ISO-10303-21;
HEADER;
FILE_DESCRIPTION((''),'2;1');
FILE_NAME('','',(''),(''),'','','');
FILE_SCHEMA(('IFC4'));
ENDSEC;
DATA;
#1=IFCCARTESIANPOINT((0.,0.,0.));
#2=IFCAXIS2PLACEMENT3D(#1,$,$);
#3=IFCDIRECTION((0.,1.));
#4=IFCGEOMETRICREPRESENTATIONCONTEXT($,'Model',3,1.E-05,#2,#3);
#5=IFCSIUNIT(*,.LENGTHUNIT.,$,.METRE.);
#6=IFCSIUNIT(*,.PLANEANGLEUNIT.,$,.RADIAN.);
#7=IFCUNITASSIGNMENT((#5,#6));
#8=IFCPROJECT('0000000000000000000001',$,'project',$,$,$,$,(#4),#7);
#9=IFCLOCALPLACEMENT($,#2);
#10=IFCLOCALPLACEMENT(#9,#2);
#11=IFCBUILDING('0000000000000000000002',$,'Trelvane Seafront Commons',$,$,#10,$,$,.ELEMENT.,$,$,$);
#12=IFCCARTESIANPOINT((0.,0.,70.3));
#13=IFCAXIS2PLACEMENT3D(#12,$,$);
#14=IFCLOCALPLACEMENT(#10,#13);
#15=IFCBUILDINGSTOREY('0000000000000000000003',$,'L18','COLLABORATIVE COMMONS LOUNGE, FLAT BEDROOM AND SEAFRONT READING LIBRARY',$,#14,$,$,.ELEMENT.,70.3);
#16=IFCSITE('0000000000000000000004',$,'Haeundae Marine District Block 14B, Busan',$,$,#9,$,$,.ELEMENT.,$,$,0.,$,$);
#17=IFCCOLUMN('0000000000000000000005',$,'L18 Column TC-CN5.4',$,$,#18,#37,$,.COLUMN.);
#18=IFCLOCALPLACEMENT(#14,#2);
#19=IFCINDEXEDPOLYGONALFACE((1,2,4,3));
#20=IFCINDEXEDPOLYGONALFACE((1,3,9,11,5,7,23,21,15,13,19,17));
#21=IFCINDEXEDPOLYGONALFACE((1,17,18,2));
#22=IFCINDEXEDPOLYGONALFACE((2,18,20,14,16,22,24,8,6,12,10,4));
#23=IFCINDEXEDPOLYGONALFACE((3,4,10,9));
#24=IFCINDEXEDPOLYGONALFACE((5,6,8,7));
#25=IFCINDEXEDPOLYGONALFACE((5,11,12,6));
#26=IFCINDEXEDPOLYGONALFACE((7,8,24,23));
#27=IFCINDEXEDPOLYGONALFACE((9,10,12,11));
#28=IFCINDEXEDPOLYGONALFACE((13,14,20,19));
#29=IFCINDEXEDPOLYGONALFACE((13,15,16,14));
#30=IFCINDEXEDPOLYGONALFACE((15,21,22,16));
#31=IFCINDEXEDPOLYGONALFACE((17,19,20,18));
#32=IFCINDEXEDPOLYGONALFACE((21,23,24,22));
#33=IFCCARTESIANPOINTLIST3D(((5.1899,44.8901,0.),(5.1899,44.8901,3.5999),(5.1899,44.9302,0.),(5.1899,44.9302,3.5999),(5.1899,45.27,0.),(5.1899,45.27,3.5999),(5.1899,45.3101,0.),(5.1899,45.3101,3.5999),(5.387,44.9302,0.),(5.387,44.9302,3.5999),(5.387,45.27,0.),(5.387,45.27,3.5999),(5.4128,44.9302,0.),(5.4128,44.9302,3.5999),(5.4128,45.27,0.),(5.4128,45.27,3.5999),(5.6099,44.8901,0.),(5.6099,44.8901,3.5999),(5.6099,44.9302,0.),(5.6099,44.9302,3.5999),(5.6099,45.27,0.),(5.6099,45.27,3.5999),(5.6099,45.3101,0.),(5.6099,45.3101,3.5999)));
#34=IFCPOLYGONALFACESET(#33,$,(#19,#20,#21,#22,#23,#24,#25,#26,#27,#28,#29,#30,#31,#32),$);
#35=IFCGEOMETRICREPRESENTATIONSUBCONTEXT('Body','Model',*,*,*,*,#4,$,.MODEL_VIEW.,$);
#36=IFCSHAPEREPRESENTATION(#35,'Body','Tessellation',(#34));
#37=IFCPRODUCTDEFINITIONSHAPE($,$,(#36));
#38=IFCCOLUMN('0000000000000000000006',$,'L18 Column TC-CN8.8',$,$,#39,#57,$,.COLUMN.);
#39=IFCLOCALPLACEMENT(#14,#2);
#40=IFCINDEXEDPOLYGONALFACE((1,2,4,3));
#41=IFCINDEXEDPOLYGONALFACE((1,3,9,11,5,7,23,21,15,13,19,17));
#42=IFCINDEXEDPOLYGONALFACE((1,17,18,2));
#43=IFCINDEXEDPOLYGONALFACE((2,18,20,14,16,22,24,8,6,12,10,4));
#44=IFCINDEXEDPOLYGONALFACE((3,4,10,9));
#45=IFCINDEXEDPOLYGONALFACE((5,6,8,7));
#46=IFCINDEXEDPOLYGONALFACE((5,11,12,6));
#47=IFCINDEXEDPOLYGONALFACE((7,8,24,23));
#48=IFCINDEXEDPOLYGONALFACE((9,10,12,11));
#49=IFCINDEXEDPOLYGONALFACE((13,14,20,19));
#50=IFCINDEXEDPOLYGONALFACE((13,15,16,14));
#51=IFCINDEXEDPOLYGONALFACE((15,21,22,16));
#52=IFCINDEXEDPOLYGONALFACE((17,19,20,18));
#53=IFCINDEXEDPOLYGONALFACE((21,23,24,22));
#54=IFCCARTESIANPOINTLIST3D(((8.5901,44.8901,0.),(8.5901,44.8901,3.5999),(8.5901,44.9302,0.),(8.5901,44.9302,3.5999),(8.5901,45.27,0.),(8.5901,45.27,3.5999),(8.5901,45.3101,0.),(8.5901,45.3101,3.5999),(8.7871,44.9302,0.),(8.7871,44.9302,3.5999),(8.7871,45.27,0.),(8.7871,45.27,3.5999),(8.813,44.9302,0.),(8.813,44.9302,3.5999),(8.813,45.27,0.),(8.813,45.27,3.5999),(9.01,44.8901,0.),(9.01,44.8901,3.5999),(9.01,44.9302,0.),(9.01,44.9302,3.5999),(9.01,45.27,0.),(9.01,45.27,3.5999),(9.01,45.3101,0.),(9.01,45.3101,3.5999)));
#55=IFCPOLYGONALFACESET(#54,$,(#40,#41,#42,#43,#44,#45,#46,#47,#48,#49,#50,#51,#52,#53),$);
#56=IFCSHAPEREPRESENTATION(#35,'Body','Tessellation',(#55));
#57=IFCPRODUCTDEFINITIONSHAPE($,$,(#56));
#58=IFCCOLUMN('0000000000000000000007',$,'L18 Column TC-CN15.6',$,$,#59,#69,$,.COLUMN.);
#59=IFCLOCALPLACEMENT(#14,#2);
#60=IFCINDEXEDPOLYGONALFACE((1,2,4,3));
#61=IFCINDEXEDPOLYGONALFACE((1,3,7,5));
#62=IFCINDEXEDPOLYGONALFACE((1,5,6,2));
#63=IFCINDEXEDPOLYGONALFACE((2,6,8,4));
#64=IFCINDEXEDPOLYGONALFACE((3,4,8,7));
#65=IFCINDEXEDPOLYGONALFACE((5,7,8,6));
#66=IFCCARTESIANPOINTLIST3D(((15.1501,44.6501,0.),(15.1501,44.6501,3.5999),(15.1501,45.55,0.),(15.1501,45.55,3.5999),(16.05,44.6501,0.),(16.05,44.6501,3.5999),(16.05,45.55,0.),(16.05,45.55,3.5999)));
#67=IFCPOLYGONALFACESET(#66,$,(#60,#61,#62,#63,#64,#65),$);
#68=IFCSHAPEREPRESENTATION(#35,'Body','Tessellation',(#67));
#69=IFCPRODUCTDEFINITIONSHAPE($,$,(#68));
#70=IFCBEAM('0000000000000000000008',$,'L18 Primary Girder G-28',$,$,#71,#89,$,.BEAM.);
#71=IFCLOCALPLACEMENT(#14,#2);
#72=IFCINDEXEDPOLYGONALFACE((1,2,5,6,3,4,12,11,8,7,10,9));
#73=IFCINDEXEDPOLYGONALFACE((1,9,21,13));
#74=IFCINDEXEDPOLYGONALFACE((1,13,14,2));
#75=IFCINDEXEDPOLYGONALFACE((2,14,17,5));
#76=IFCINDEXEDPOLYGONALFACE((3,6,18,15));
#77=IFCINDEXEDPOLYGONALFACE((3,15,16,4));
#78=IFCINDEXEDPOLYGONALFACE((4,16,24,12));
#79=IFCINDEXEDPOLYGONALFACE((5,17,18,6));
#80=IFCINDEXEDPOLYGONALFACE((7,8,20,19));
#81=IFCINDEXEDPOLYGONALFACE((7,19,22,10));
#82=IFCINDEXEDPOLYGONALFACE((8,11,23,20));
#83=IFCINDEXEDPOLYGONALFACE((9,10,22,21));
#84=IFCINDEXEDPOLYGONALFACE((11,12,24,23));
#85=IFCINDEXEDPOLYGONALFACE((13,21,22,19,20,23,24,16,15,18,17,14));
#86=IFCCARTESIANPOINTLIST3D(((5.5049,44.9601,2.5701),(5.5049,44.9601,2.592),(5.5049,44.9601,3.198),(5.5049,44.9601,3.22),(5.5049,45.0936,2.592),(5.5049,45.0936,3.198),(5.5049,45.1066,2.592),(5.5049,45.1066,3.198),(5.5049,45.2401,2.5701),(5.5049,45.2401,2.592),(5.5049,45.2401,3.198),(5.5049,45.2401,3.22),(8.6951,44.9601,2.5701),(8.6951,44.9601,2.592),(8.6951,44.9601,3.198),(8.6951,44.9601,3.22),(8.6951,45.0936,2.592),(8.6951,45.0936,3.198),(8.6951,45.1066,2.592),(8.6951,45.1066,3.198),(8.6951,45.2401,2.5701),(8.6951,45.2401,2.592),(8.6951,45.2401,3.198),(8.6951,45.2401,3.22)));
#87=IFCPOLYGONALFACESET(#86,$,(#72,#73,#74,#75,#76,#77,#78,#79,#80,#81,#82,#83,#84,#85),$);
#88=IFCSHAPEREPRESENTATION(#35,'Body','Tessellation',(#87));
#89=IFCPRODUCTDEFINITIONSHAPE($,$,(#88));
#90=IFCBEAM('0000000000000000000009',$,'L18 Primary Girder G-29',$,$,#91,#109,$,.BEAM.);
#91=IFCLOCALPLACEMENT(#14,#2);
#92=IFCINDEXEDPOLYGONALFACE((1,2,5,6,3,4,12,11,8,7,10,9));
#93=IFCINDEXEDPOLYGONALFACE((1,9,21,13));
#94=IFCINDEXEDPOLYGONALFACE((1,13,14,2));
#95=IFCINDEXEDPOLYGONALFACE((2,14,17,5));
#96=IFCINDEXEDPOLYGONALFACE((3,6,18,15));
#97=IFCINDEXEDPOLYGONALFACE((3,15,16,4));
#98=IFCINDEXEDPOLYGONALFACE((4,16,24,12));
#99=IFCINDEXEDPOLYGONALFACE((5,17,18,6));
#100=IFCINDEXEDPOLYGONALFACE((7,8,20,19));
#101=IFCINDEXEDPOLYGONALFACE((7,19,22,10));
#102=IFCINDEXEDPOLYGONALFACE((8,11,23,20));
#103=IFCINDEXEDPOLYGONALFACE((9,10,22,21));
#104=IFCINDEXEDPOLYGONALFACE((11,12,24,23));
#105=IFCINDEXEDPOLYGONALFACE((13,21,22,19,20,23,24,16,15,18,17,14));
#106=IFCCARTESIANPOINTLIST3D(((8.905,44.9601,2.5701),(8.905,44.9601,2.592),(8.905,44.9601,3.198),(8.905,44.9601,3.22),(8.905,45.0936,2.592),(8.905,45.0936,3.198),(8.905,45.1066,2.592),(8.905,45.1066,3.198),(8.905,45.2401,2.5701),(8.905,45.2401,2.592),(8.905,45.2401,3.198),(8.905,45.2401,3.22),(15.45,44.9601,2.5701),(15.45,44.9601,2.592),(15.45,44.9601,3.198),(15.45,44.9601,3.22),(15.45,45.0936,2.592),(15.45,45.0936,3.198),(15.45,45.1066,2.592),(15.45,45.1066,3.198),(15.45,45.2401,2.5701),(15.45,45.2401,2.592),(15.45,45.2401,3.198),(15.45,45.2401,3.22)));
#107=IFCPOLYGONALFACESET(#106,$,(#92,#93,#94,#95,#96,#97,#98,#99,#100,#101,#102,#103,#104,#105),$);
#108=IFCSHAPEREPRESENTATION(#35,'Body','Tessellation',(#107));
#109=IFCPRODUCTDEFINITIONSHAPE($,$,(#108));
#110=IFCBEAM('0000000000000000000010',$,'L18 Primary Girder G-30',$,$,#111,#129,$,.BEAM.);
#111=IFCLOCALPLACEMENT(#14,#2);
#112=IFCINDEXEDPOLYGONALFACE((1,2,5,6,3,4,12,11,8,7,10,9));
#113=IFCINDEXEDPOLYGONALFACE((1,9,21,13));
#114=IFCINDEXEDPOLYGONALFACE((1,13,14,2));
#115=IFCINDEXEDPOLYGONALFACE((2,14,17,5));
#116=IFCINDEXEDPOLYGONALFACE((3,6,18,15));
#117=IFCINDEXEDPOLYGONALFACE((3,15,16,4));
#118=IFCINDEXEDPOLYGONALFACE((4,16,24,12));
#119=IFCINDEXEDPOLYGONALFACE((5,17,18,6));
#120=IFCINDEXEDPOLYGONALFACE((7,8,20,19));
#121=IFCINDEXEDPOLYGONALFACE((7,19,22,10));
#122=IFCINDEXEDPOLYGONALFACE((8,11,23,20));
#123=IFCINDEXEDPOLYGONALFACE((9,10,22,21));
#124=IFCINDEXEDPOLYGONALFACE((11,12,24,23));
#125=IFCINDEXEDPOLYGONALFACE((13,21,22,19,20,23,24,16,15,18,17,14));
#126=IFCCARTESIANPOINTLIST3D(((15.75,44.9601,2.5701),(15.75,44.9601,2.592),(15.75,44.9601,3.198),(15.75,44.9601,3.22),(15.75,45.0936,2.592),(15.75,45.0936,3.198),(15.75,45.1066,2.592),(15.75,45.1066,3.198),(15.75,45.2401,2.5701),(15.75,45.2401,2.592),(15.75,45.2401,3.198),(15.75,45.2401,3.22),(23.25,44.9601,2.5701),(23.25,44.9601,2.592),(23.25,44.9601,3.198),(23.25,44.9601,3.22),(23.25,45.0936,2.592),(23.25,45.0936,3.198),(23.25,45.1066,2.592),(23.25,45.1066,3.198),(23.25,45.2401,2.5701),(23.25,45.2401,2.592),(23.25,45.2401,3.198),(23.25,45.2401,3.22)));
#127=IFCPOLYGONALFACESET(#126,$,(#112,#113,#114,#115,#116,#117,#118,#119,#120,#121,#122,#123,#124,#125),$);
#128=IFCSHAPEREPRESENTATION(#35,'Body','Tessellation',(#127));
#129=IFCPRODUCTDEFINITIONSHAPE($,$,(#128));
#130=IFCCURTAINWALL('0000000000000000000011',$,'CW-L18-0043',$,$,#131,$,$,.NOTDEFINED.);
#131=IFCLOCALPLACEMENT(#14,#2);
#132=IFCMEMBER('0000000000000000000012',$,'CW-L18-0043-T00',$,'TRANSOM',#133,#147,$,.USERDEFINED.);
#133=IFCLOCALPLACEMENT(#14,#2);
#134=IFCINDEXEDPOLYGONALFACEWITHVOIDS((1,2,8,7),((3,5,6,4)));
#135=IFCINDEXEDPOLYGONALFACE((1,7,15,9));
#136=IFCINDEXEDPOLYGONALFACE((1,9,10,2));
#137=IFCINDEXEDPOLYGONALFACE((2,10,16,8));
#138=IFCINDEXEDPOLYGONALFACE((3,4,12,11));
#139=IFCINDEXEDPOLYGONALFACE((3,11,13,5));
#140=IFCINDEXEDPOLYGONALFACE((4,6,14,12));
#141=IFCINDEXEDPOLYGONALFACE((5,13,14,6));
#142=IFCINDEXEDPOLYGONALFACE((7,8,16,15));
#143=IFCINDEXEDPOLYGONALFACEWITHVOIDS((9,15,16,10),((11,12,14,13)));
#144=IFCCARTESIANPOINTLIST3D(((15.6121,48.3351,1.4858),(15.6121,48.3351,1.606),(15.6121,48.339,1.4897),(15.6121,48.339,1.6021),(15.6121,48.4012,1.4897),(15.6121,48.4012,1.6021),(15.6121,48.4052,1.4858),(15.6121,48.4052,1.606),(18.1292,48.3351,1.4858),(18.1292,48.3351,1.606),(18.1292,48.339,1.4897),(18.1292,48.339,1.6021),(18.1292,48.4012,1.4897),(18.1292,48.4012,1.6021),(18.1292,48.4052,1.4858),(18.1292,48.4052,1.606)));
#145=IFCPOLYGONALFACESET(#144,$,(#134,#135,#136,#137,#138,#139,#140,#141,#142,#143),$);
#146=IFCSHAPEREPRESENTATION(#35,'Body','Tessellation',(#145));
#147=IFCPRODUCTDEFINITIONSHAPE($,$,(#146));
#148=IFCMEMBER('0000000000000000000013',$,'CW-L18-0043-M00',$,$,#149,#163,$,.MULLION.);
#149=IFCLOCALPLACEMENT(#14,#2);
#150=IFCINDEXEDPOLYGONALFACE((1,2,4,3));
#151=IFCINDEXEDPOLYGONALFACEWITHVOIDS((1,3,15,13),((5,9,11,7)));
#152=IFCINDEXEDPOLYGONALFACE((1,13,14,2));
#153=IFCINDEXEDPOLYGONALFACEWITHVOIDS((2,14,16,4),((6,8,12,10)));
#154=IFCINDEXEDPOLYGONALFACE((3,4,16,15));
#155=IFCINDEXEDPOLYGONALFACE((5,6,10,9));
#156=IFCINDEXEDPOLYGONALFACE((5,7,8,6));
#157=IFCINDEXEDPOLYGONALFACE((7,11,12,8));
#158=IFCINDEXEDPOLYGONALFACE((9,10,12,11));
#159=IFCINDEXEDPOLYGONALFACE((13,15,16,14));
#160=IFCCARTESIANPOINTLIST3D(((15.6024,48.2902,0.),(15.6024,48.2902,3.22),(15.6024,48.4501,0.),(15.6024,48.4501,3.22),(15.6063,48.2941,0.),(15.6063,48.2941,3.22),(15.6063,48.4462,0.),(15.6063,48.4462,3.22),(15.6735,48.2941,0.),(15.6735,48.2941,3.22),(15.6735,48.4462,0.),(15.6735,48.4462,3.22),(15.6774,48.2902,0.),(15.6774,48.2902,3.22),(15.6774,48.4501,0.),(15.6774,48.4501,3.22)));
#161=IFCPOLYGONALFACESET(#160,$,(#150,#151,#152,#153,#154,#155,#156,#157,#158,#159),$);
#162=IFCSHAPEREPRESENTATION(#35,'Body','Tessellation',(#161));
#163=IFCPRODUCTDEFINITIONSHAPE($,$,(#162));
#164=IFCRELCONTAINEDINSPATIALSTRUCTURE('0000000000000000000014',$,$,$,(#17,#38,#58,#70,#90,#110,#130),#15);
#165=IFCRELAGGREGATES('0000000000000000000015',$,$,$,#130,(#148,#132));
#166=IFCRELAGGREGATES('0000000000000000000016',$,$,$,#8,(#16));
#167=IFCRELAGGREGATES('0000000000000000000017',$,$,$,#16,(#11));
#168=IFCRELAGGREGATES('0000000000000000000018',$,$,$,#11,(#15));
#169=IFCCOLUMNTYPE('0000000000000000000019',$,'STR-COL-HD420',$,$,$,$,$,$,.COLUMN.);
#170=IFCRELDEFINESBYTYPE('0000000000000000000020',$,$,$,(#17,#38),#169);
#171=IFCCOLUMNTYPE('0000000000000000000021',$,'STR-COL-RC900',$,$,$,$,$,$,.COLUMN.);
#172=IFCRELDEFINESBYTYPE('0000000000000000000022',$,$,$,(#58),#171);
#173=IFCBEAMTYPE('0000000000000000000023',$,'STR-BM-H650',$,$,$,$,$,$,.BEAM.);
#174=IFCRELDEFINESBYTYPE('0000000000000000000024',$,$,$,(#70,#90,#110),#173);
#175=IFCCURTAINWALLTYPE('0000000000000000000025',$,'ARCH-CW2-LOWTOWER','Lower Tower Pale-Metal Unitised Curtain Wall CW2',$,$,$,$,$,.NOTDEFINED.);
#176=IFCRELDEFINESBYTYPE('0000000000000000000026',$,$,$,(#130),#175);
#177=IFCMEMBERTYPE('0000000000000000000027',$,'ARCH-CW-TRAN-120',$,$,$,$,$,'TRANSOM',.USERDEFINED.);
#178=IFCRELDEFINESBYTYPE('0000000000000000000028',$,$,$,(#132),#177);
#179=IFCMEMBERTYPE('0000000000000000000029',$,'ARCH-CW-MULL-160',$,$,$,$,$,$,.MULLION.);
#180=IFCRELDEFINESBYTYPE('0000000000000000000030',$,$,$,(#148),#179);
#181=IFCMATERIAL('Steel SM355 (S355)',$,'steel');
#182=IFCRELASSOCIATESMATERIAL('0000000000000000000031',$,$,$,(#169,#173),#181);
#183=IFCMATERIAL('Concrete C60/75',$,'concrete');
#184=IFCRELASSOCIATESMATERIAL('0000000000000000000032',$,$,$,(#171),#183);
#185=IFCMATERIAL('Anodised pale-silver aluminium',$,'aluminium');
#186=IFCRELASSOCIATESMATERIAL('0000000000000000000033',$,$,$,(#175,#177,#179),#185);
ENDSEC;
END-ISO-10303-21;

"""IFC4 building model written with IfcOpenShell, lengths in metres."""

from ifc_helpers import new_model, si_unit, direction, frame, origin, origin_2d, place, context, subcontext, project, spatial, rectangle, hollow_rectangle, i_section, extrude, source, transform, mapped, material, material_profile, profile_set, type_object, element, aggregate, save


model = new_model("IFC4")

# Units and contexts
model_context = context("Model", 3, precision=1e-05, world=origin(), true_north=direction((0.0, 1.0)))
body_context = subcontext(model_context, "Body", "Model", "MODEL_VIEW")
ifc_project = project(units=[si_unit("LENGTHUNIT", "METRE"), si_unit("PLANEANGLEUNIT", "RADIAN")], contexts=[model_context])

# Site, building, storey
site_placement = place(None, origin())
site = spatial("IfcSite", under=ifc_project, at=site_placement, Name="Haeundae Marine District Block 14B, Busan", CompositionType="ELEMENT", RefElevation=0.0)
building_placement = place(site_placement, origin())
building = spatial("IfcBuilding", under=site, at=building_placement, Name="Trelvane Seafront Commons", CompositionType="ELEMENT")
storey_placement = place(building_placement, frame((0.0, 0.0, 70.3)))
storey = spatial("IfcBuildingStorey", under=building, at=storey_placement, Name="L18", Description="COLLABORATIVE COMMONS LOUNGE, FLAT BEDROOM AND SEAFRONT READING LIBRARY", CompositionType="ELEMENT", Elevation=70.3)

# Columns
ifc_material_1 = material(Name="Steel SM355 (S355)", Category="steel")
ifc_material_profile_1 = material_profile(ifc_material_1, i_section(OverallWidth=0.4199, OverallDepth=0.4199, WebThickness=0.0259, FlangeThickness=0.04, at=origin_2d()), Name="HD-420x420x26x40")
ifc_profile_set_1 = profile_set([ifc_material_profile_1], Name="Steel SM355 (S355)")
column_type_1 = type_object("IfcColumnType", Name="STR-COL-HD420", PredefinedType="COLUMN", material=ifc_profile_set_1)
shared_shape_1 = source(origin(), body_context, "Body", "SweptSolid", [
    extrude(i_section(OverallWidth=0.4199, OverallDepth=0.4199, WebThickness=0.0259, FlangeThickness=0.04, at=origin_2d()), origin(), (0.0, 0.0, 1.0), 3.5999),
])
for number, where, z_axis, x_axis, name in (
    (1, (5.3999, 45.1001, 0.0), (0.0, 0.0, 1.0), (1.0, 0.0, 0.0), "L18 Column TC-CN5.4"),
    (2, (8.8, 45.1001, 0.0), (0.0, 0.0, 1.0), (1.0, 0.0, 0.0), "L18 Column TC-CN8.8"),
):
    element("IfcColumn", number, at=place(storey_placement, frame(where, z_axis=z_axis, x_axis=x_axis)), inside=storey, type_object=column_type_1, Name=name, PredefinedType="COLUMN", context=body_context, shape_type="MappedRepresentation", body=[
        mapped(shared_shape_1, transform((0.0, 0.0, 0.0), x_axis=(1.0, 0.0, 0.0), y_axis=(0.0, 1.0, 0.0), z_axis=(0.0, 0.0, 1.0), scale=1.0)),
    ])
ifc_material_2 = material(Name="Concrete C60/75", Category="concrete")
ifc_material_profile_2 = material_profile(ifc_material_2, rectangle(XDim=0.8999, YDim=0.8999, at=origin_2d()), Name="RC-900x900")
ifc_profile_set_2 = profile_set([ifc_material_profile_2], Name="Concrete C60/75")
column_type_2 = type_object("IfcColumnType", Name="STR-COL-RC900", PredefinedType="COLUMN", material=ifc_profile_set_2)
shared_shape_2 = source(origin(), body_context, "Body", "SweptSolid", [
    extrude(rectangle(XDim=0.8999, YDim=0.8999, at=origin_2d()), origin(), (0.0, 0.0, 1.0), 3.5999),
])
column_placement = place(storey_placement, frame((15.6001, 45.1001, 0.0), z_axis=(0.0, 0.0, 1.0), x_axis=(1.0, 0.0, 0.0)))
element("IfcColumn", 3, at=column_placement, inside=storey, type_object=column_type_2, Name="L18 Column TC-CN15.6", PredefinedType="COLUMN", context=body_context, shape_type="MappedRepresentation", body=[
    mapped(shared_shape_2, transform((0.0, 0.0, 0.0), x_axis=(1.0, 0.0, 0.0), y_axis=(0.0, 1.0, 0.0), z_axis=(0.0, 0.0, 1.0), scale=1.0)),
])

# Beams
ifc_material_profile_3 = material_profile(ifc_material_1, i_section(OverallWidth=0.28, OverallDepth=0.6499, WebThickness=0.0129, FlangeThickness=0.022, at=origin_2d()), Name="H-650x280x13x22")
ifc_profile_set_3 = profile_set([ifc_material_profile_3], Name="Steel SM355 (S355)")
beam_type = type_object("IfcBeamType", Name="STR-BM-H650", PredefinedType="BEAM", material=ifc_profile_set_3)
shared_shape_3 = source(origin(), body_context, "Body", "SweptSolid", [
    extrude(i_section(OverallWidth=0.28, OverallDepth=0.6499, WebThickness=0.0129, FlangeThickness=0.022, at=origin_2d()), origin(), (0.0, 0.0, 1.0), 3.1902),
])
beam_1_placement = place(storey_placement, frame((5.5049, 45.1001, 2.895), z_axis=(1.0, 0.0, 0.0), x_axis=(0.0, 1.0, 0.0)))
element("IfcBeam", 4, at=beam_1_placement, inside=storey, type_object=beam_type, Name="L18 Primary Girder G-28", PredefinedType="BEAM", context=body_context, shape_type="MappedRepresentation", body=[
    mapped(shared_shape_3, transform((0.0, 0.0, 0.0), x_axis=(1.0, 0.0, 0.0), y_axis=(0.0, 1.0, 0.0), z_axis=(0.0, 0.0, 1.0), scale=1.0)),
])
shared_shape_4 = source(origin(), body_context, "Body", "SweptSolid", [
    extrude(i_section(OverallWidth=0.28, OverallDepth=0.6499, WebThickness=0.0129, FlangeThickness=0.022, at=origin_2d()), origin(), (0.0, 0.0, 1.0), 6.5449),
])
beam_2_placement = place(storey_placement, frame((8.905, 45.1001, 2.895), z_axis=(1.0, 0.0, 0.0), x_axis=(0.0, 1.0, 0.0)))
element("IfcBeam", 5, at=beam_2_placement, inside=storey, type_object=beam_type, Name="L18 Primary Girder G-29", PredefinedType="BEAM", context=body_context, shape_type="MappedRepresentation", body=[
    mapped(shared_shape_4, transform((0.0, 0.0, 0.0), x_axis=(1.0, 0.0, 0.0), y_axis=(0.0, 1.0, 0.0), z_axis=(0.0, 0.0, 1.0), scale=1.0)),
])
shared_shape_5 = source(origin(), body_context, "Body", "SweptSolid", [
    extrude(i_section(OverallWidth=0.28, OverallDepth=0.6499, WebThickness=0.0129, FlangeThickness=0.022, at=origin_2d()), origin(), (0.0, 0.0, 1.0), 7.5),
])
beam_3_placement = place(storey_placement, frame((15.75, 45.1001, 2.895), z_axis=(1.0, 0.0, 0.0), x_axis=(0.0, 1.0, 0.0)))
element("IfcBeam", 6, at=beam_3_placement, inside=storey, type_object=beam_type, Name="L18 Primary Girder G-30", PredefinedType="BEAM", context=body_context, shape_type="MappedRepresentation", body=[
    mapped(shared_shape_5, transform((0.0, 0.0, 0.0), x_axis=(1.0, 0.0, 0.0), y_axis=(0.0, 1.0, 0.0), z_axis=(0.0, 0.0, 1.0), scale=1.0)),
])

# Curtain wall, members
ifc_material_3 = material(Name="Anodised pale-silver aluminium", Category="aluminium")
curtain_wall_type = type_object("IfcCurtainWallType", Name="ARCH-CW2-LOWTOWER", Description="Lower Tower Pale-Metal Unitised Curtain Wall CW2", PredefinedType="NOTDEFINED", material=ifc_material_3)
curtain_wall_placement = place(storey_placement, origin())
curtain_wall = element("IfcCurtainWall", 7, at=curtain_wall_placement, inside=storey, type_object=curtain_wall_type, Name="CW-L18-0043", PredefinedType="NOTDEFINED")
ifc_material_profile_4 = material_profile(ifc_material_3, hollow_rectangle(XDim=0.0701, YDim=0.1201, WallThickness=0.0039, at=origin_2d()), Name="TRAN-70x120x4")
ifc_profile_set_4 = profile_set([ifc_material_profile_4], Name="Anodised pale-silver aluminium")
member_type_1 = type_object("IfcMemberType", Name="ARCH-CW-TRAN-120", ElementType="TRANSOM", PredefinedType="USERDEFINED", material=ifc_profile_set_4)
shared_shape_6 = source(origin(), body_context, "Body", "SweptSolid", [
    extrude(hollow_rectangle(XDim=0.0701, YDim=0.1201, WallThickness=0.0039, at=origin_2d()), origin(), (0.0, 0.0, 1.0), 2.5171),
])
member_1_placement = place(storey_placement, frame((15.6121, 48.3701, 1.5459), z_axis=(1.0, 0.0, 0.0), x_axis=(0.0, 1.0, 0.0)))
member_1 = element("IfcMember", 8, at=member_1_placement, type_object=member_type_1, Name="CW-L18-0043-T00", ObjectType="TRANSOM", PredefinedType="USERDEFINED", context=body_context, shape_type="MappedRepresentation", body=[
    mapped(shared_shape_6, transform((0.0, 0.0, 0.0), x_axis=(1.0, 0.0, 0.0), y_axis=(0.0, 1.0, 0.0), z_axis=(0.0, 0.0, 1.0), scale=1.0)),
])
ifc_material_profile_5 = material_profile(ifc_material_3, hollow_rectangle(XDim=0.075, YDim=0.1599, WallThickness=0.0039, at=origin_2d()), Name="MULL-75x160x4")
ifc_profile_set_5 = profile_set([ifc_material_profile_5], Name="Anodised pale-silver aluminium")
member_type_2 = type_object("IfcMemberType", Name="ARCH-CW-MULL-160", PredefinedType="MULLION", material=ifc_profile_set_5)
shared_shape_7 = source(origin(), body_context, "Body", "SweptSolid", [
    extrude(hollow_rectangle(XDim=0.075, YDim=0.1599, WallThickness=0.0039, at=origin_2d()), origin(), (0.0, 0.0, 1.0), 3.22),
])
member_2_placement = place(storey_placement, frame((15.6399, 48.3701, 0.0), z_axis=(0.0, 0.0, 1.0), x_axis=(1.0, 0.0, 0.0)))
member_2 = element("IfcMember", 9, at=member_2_placement, type_object=member_type_2, Name="CW-L18-0043-M00", PredefinedType="MULLION", context=body_context, shape_type="MappedRepresentation", body=[
    mapped(shared_shape_7, transform((0.0, 0.0, 0.0), x_axis=(1.0, 0.0, 0.0), y_axis=(0.0, 1.0, 0.0), z_axis=(0.0, 0.0, 1.0), scale=1.0)),
])

aggregate(curtain_wall, [member_2, member_1])

save(model, "model.ifc")
